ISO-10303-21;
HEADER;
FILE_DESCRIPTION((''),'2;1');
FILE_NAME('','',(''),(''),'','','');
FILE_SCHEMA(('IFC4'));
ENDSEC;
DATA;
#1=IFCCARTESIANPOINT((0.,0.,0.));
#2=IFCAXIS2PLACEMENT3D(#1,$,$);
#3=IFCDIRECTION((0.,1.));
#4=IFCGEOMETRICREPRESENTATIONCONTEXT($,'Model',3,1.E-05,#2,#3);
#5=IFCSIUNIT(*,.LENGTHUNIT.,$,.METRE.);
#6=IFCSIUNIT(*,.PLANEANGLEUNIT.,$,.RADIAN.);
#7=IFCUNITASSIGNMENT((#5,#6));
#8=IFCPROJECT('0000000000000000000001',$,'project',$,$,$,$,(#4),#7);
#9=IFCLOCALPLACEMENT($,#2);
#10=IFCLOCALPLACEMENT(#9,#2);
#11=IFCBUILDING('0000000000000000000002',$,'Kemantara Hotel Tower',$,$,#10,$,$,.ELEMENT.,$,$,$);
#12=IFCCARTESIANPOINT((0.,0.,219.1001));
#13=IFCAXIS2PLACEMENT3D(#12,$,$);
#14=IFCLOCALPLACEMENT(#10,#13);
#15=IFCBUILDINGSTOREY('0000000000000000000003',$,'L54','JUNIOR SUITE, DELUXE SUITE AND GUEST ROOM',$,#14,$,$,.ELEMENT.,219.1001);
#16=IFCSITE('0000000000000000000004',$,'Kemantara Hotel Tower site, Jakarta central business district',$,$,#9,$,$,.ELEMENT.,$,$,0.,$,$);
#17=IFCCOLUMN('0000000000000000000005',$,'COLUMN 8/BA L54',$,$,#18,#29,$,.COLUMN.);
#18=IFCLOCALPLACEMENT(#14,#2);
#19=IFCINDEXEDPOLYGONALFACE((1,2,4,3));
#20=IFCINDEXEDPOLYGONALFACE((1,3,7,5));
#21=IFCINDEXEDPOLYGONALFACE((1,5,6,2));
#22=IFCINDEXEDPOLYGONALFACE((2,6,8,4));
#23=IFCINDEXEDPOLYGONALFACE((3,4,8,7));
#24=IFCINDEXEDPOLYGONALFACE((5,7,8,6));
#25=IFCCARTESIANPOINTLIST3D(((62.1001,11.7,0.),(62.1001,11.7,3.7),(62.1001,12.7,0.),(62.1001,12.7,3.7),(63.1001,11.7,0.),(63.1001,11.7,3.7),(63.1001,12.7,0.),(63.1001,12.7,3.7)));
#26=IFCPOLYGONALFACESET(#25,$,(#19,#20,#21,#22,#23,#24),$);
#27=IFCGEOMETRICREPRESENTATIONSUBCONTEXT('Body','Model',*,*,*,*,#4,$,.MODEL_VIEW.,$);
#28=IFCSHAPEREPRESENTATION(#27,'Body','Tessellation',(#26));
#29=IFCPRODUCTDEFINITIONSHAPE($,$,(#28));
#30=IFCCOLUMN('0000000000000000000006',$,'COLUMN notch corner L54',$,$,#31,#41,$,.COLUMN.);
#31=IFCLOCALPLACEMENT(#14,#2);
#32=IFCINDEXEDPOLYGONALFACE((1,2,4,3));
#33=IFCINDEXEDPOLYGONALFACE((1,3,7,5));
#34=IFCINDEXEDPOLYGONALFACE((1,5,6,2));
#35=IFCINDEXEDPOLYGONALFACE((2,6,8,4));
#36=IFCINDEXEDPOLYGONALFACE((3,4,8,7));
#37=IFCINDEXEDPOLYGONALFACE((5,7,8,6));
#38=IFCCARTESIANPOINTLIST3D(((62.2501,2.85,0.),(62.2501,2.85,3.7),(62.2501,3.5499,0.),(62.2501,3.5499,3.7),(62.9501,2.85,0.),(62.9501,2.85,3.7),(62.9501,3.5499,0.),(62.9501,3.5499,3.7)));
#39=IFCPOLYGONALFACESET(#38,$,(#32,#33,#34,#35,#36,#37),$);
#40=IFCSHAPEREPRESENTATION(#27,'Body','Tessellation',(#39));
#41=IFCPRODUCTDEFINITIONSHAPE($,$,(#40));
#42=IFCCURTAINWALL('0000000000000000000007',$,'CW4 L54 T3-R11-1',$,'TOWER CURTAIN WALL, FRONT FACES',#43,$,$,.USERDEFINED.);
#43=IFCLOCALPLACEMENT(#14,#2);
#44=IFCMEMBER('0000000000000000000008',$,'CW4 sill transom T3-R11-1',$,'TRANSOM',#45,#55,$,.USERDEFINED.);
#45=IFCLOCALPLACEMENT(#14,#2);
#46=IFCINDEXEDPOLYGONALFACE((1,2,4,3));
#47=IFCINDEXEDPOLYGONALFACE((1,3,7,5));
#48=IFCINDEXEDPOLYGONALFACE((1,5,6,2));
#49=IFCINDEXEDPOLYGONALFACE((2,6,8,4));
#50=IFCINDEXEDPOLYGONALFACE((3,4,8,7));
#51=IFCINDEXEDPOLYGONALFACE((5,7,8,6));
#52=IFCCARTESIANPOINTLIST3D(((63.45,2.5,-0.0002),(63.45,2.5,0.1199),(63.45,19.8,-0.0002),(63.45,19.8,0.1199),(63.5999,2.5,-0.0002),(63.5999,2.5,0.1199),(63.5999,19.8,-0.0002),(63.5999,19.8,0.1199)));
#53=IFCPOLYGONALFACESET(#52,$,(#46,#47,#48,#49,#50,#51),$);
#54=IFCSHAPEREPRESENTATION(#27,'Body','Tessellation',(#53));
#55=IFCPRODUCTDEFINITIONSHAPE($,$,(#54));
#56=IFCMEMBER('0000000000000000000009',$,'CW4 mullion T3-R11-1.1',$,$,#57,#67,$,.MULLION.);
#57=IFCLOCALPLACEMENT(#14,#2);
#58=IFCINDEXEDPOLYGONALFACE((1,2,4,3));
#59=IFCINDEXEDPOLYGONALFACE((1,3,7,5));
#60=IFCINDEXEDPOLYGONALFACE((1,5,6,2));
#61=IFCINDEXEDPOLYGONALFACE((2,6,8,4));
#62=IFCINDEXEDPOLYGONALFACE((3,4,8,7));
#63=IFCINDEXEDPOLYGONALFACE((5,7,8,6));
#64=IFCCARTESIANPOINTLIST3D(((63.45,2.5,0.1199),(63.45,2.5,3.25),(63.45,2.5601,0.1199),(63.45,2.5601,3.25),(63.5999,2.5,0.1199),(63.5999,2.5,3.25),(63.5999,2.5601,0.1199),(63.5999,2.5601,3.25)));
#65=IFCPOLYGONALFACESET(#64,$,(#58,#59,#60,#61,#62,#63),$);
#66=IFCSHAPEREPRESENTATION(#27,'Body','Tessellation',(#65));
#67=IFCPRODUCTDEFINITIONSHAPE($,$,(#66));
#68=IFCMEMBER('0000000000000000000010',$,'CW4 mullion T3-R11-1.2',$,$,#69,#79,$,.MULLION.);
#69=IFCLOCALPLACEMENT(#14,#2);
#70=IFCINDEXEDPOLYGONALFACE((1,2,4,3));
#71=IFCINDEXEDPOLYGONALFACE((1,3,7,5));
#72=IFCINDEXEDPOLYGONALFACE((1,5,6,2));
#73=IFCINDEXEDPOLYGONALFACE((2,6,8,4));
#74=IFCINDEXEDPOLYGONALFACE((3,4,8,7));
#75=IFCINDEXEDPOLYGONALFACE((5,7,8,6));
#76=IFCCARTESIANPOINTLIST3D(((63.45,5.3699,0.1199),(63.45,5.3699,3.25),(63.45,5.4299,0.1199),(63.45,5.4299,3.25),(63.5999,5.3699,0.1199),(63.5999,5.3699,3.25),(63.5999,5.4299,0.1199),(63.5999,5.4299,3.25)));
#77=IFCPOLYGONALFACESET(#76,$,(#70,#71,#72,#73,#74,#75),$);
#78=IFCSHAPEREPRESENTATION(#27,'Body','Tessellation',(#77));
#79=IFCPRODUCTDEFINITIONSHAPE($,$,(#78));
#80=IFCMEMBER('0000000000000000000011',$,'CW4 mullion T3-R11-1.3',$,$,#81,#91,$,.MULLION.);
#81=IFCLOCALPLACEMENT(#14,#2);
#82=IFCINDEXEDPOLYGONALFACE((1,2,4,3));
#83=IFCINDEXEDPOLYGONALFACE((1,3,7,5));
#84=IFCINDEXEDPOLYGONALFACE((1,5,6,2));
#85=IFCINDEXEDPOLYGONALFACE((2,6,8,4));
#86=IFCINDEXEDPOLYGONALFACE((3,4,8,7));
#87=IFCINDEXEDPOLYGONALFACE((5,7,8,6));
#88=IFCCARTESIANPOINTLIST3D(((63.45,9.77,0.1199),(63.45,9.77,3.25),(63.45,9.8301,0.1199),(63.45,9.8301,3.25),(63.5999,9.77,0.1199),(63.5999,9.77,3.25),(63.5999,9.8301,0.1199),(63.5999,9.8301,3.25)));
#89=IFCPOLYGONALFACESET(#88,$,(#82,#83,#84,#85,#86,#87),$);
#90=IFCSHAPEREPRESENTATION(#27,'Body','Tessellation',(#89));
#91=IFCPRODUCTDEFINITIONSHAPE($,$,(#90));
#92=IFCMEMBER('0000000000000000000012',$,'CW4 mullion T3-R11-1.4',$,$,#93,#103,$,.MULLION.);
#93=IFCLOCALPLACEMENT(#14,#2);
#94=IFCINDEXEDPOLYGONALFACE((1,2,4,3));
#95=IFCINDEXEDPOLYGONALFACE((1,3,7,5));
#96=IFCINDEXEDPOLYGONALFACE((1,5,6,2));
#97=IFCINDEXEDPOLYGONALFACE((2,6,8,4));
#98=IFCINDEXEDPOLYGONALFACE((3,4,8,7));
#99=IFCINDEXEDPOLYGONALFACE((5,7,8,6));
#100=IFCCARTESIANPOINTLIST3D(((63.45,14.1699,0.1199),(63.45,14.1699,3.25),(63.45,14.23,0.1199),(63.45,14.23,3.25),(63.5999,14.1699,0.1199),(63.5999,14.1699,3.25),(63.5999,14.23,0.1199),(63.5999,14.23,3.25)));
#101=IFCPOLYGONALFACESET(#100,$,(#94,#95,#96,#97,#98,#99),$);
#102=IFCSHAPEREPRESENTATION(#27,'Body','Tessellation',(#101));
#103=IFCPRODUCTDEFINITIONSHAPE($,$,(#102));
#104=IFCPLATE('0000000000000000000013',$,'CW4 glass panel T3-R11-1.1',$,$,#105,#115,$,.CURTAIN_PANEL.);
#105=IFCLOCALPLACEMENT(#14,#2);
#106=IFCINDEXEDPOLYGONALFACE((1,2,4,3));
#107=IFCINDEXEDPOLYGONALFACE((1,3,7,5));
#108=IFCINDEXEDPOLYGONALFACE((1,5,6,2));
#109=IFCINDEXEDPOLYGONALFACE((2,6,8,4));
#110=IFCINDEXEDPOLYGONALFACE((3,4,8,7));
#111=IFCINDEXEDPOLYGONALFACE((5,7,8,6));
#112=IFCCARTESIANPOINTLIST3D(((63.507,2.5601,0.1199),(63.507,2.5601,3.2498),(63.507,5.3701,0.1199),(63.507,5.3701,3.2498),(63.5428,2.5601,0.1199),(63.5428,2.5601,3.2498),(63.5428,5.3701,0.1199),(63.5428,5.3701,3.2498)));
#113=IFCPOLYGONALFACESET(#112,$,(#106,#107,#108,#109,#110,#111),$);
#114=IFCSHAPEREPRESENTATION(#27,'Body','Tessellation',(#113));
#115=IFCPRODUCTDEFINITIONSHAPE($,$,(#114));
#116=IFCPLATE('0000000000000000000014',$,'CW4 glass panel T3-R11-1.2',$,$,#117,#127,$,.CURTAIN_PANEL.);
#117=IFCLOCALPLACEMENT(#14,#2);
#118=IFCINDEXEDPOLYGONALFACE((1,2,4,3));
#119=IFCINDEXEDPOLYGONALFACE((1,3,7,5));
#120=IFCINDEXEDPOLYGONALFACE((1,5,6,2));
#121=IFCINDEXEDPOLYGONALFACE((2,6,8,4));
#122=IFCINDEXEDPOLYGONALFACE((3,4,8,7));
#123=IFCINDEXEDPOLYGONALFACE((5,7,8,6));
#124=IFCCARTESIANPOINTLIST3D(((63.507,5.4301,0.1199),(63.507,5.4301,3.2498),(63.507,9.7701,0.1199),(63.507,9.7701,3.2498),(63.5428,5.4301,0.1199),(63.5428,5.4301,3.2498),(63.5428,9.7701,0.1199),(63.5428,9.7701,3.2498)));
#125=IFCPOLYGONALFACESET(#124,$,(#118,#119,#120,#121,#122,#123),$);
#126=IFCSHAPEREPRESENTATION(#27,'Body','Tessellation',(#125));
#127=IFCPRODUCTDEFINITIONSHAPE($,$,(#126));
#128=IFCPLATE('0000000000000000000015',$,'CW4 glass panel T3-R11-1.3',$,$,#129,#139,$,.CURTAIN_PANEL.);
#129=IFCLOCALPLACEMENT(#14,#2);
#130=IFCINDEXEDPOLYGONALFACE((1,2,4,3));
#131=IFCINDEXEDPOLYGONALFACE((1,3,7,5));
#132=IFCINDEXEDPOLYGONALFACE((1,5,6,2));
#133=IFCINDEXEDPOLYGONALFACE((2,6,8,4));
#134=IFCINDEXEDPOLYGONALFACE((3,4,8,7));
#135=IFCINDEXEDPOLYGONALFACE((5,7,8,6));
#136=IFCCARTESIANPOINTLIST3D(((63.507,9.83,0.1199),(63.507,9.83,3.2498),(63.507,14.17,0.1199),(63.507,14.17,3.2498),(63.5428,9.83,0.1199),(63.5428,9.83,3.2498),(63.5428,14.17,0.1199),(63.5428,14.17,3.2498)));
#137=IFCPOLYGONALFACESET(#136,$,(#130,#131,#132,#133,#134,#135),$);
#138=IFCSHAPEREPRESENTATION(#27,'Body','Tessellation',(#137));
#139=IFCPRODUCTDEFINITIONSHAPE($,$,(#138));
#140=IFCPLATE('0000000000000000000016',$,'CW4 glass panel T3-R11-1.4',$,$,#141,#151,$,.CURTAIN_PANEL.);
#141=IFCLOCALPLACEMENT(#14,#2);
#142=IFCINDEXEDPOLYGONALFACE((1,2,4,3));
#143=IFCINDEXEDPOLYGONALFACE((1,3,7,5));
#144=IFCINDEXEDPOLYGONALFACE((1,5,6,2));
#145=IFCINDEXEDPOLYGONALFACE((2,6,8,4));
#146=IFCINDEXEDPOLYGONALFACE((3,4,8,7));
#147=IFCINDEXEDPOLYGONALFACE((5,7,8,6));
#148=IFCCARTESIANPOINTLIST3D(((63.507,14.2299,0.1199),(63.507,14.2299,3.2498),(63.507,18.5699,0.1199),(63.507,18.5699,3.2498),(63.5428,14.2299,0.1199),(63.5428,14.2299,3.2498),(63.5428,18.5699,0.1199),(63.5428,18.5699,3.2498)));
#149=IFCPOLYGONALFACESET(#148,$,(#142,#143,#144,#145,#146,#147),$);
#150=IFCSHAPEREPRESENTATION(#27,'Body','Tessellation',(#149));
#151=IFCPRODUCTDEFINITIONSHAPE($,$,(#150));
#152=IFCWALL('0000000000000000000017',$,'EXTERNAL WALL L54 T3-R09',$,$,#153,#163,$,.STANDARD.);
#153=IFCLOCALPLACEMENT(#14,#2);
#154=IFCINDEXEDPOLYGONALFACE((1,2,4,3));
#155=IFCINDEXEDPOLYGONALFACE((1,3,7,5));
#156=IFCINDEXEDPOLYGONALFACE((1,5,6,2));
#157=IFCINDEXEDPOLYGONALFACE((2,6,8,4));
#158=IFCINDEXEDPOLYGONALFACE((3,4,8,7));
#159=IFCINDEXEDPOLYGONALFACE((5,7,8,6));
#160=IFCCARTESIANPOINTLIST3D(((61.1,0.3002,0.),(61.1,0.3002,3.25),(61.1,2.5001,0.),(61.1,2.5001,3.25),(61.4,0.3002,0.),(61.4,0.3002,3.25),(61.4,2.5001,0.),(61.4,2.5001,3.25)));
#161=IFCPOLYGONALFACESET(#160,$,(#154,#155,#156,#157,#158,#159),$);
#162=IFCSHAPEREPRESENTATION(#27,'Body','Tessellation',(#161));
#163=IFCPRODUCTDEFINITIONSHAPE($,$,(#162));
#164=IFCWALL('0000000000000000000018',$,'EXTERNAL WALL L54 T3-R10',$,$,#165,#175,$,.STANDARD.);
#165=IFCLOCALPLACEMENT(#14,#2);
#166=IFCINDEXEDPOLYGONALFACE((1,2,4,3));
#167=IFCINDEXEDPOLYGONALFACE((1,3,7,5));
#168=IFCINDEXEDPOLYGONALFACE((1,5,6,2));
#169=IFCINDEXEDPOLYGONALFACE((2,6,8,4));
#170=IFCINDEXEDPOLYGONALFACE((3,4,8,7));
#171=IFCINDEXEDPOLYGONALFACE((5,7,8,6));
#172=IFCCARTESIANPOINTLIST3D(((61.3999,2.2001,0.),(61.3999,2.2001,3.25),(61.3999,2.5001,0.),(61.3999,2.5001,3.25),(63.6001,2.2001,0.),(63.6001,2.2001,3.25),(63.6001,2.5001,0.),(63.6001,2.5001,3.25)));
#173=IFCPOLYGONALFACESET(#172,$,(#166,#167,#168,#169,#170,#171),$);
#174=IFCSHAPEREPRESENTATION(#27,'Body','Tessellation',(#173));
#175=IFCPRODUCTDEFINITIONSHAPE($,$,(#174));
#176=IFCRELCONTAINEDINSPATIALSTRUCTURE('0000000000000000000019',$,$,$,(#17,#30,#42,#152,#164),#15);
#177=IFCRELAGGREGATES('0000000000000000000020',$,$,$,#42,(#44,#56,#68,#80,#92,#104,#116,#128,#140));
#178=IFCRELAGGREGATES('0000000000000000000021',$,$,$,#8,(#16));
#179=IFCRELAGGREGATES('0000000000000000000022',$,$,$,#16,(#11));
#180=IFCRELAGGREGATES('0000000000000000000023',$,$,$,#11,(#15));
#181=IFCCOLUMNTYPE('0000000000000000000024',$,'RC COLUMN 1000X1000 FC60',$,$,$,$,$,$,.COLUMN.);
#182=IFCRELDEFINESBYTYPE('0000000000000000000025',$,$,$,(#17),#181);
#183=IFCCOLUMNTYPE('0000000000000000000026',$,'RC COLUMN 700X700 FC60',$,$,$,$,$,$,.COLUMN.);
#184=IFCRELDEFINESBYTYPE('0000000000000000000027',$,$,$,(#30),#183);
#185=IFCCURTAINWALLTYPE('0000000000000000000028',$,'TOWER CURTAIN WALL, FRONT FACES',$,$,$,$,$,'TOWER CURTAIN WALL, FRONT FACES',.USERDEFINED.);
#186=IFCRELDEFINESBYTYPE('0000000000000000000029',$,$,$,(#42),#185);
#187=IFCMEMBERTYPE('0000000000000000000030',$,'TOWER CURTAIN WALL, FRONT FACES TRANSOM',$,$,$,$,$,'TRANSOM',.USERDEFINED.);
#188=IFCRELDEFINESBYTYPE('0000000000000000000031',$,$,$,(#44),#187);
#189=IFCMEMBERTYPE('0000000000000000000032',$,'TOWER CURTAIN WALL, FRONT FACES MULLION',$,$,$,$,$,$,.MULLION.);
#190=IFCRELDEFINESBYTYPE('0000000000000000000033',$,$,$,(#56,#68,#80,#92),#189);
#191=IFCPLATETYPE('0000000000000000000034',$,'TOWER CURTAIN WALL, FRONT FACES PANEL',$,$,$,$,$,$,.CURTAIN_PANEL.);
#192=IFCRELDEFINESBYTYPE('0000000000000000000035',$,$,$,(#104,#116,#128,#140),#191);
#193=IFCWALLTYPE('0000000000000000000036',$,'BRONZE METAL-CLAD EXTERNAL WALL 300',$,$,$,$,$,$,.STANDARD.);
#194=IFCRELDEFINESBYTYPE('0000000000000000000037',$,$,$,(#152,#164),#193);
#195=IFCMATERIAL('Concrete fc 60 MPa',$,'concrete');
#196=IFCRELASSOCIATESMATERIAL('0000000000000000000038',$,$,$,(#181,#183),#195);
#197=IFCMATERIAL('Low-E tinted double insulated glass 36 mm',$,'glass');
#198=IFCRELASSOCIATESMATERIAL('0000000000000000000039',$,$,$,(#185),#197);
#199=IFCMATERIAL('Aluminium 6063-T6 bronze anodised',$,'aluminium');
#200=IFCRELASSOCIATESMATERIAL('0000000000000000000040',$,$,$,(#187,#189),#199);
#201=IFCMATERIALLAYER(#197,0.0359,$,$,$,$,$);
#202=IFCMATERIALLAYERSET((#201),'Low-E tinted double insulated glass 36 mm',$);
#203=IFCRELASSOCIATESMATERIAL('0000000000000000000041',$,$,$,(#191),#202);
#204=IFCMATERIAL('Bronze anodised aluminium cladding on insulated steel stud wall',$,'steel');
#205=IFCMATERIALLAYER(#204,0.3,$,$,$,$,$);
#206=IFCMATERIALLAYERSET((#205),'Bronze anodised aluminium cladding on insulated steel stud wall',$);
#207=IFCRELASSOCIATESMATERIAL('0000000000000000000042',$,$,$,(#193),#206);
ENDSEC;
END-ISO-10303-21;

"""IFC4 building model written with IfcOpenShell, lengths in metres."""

from ifc_helpers import new_model, si_unit, direction, frame, frame_2d, origin, origin_2d, place, context, subcontext, project, spatial, rectangle, extrude, source, transform, mapped, material, layer, layer_set, material_profile, profile_set, type_object, element, aggregate, save


model = new_model("IFC4")

# Units and contexts
model_context = context("Model", 3, precision=1e-05, world=origin(), true_north=direction((0.0, 1.0)))
body_context = subcontext(model_context, "Body", "Model", "MODEL_VIEW")
ifc_project = project(units=[si_unit("LENGTHUNIT", "METRE"), si_unit("PLANEANGLEUNIT", "RADIAN")], contexts=[model_context])

# Site, building, storey
site_placement = place(None, origin())
site = spatial("IfcSite", under=ifc_project, at=site_placement, Name="Kemantara Hotel Tower site, Jakarta central business district", CompositionType="ELEMENT", RefElevation=0.0)
building_placement = place(site_placement, origin())
building = spatial("IfcBuilding", under=site, at=building_placement, Name="Kemantara Hotel Tower", CompositionType="ELEMENT")
storey_placement = place(building_placement, frame((0.0, 0.0, 219.1001)))
storey = spatial("IfcBuildingStorey", under=building, at=storey_placement, Name="L54", Description="JUNIOR SUITE, DELUXE SUITE AND GUEST ROOM", CompositionType="ELEMENT", Elevation=219.1001)

# Columns
ifc_material_1 = material(Name="Concrete fc 60 MPa", Category="concrete")
ifc_material_profile_1 = material_profile(ifc_material_1, rectangle(XDim=1.0, YDim=1.0, at=origin_2d()), Name="RC 1000X1000")
ifc_profile_set_1 = profile_set([ifc_material_profile_1], Name="Concrete fc 60 MPa")
column_type_1 = type_object("IfcColumnType", Name="RC COLUMN 1000X1000 FC60", PredefinedType="COLUMN", material=ifc_profile_set_1)
column_1_placement = place(storey_placement, frame((62.6001, 12.2, 0.0), z_axis=(0.0, 0.0, 1.0), x_axis=(1.0, 0.0, 0.0)))
element("IfcColumn", 1, at=column_1_placement, inside=storey, type_object=column_type_1, Name="COLUMN 8/BA L54", PredefinedType="COLUMN", context=body_context, shape_type="SweptSolid", body=[
    extrude(rectangle(XDim=1.0, YDim=1.0, at=origin_2d()), origin(), (0.0, 0.0, 1.0), 3.7),
])
ifc_material_profile_2 = material_profile(ifc_material_1, rectangle(XDim=0.7, YDim=0.7, at=origin_2d()), Name="RC 700X700")
ifc_profile_set_2 = profile_set([ifc_material_profile_2], Name="Concrete fc 60 MPa")
column_type_2 = type_object("IfcColumnType", Name="RC COLUMN 700X700 FC60", PredefinedType="COLUMN", material=ifc_profile_set_2)
column_2_placement = place(storey_placement, frame((62.6001, 3.2, 0.0), z_axis=(0.0, 0.0, 1.0), x_axis=(1.0, 0.0, 0.0)))
element("IfcColumn", 2, at=column_2_placement, inside=storey, type_object=column_type_2, Name="COLUMN notch corner L54", PredefinedType="COLUMN", context=body_context, shape_type="SweptSolid", body=[
    extrude(rectangle(XDim=0.7, YDim=0.7, at=origin_2d()), origin(), (0.0, 0.0, 1.0), 3.7),
])

# Curtain wall, members, plates
ifc_material_2 = material(Name="Low-E tinted double insulated glass 36 mm", Category="glass")
curtain_wall_type = type_object("IfcCurtainWallType", Name="TOWER CURTAIN WALL, FRONT FACES", ElementType="TOWER CURTAIN WALL, FRONT FACES", PredefinedType="USERDEFINED", material=ifc_material_2)
curtain_wall_placement = place(storey_placement, origin())
curtain_wall = element("IfcCurtainWall", 3, at=curtain_wall_placement, inside=storey, type_object=curtain_wall_type, Name="CW4 L54 T3-R11-1", ObjectType="TOWER CURTAIN WALL, FRONT FACES", PredefinedType="USERDEFINED")
ifc_material_3 = material(Name="Aluminium 6063-T6 bronze anodised", Category="aluminium")
ifc_material_profile_3 = material_profile(ifc_material_3, rectangle(XDim=0.1499, YDim=0.1201, at=origin_2d()), Name="TOWER CURTAIN WALL, FRONT FACES TRANSOM")
ifc_profile_set_3 = profile_set([ifc_material_profile_3], Name="Aluminium 6063-T6 bronze anodised")
member_type_1 = type_object("IfcMemberType", Name="TOWER CURTAIN WALL, FRONT FACES TRANSOM", ElementType="TRANSOM", PredefinedType="USERDEFINED", material=ifc_profile_set_3)
member_1_placement = place(storey_placement, frame((63.5249, 2.5, 0.0598), z_axis=(0.0, 1.0, 0.0), x_axis=(-1.0, 0.0, 0.0)))
member_1 = element("IfcMember", 4, at=member_1_placement, type_object=member_type_1, Name="CW4 sill transom T3-R11-1", ObjectType="TRANSOM", PredefinedType="USERDEFINED", context=body_context, shape_type="SweptSolid", body=[
    extrude(rectangle(XDim=0.1499, YDim=0.1201, at=origin_2d()), origin(), (0.0, 0.0, 1.0), 17.3),
])
ifc_material_profile_4 = material_profile(ifc_material_3, rectangle(XDim=0.1499, YDim=0.0601, at=origin_2d()), Name="TOWER CURTAIN WALL, FRONT FACES MULLION")
ifc_profile_set_4 = profile_set([ifc_material_profile_4], Name="Aluminium 6063-T6 bronze anodised")
member_type_2 = type_object("IfcMemberType", Name="TOWER CURTAIN WALL, FRONT FACES MULLION", PredefinedType="MULLION", material=ifc_profile_set_4)
shared_shape_1 = source(origin(), body_context, "Body", "SweptSolid", [
    extrude(rectangle(XDim=0.1499, YDim=0.0601, at=origin_2d()), origin(), (0.0, 0.0, 1.0), 3.1301),
])
member_2_placement = place(storey_placement, frame((63.5249, 2.53, 0.1199), z_axis=(0.0, 0.0, 1.0), x_axis=(-1.0, 0.0, 0.0)))
member_2 = element("IfcMember", 5, at=member_2_placement, type_object=member_type_2, Name="CW4 mullion T3-R11-1.1", PredefinedType="MULLION", context=body_context, shape_type="MappedRepresentation", body=[
    mapped(shared_shape_1, transform((0.0, 0.0, 0.0))),
])
member_3_placement = place(storey_placement, frame((63.5249, 5.3999, 0.1199), z_axis=(0.0, 0.0, 1.0), x_axis=(-1.0, 0.0, 0.0)))
member_3 = element("IfcMember", 6, at=member_3_placement, type_object=member_type_2, Name="CW4 mullion T3-R11-1.2", PredefinedType="MULLION", context=body_context, shape_type="MappedRepresentation", body=[
    mapped(shared_shape_1, transform((0.0, 0.0, 0.0))),
])
member_4_placement = place(storey_placement, frame((63.5249, 9.8, 0.1199), z_axis=(0.0, 0.0, 1.0), x_axis=(-1.0, 0.0, 0.0)))
member_4 = element("IfcMember", 7, at=member_4_placement, type_object=member_type_2, Name="CW4 mullion T3-R11-1.3", PredefinedType="MULLION", context=body_context, shape_type="MappedRepresentation", body=[
    mapped(shared_shape_1, transform((0.0, 0.0, 0.0))),
])
member_5_placement = place(storey_placement, frame((63.5249, 14.2, 0.1199), z_axis=(0.0, 0.0, 1.0), x_axis=(-1.0, 0.0, 0.0)))
member_5 = element("IfcMember", 8, at=member_5_placement, type_object=member_type_2, Name="CW4 mullion T3-R11-1.4", PredefinedType="MULLION", context=body_context, shape_type="MappedRepresentation", body=[
    mapped(shared_shape_1, transform((0.0, 0.0, 0.0))),
])
ifc_layer_1 = layer(ifc_material_2, 0.0359)
ifc_layer_set_1 = layer_set([ifc_layer_1], Name="Low-E tinted double insulated glass 36 mm")
plate_type = type_object("IfcPlateType", Name="TOWER CURTAIN WALL, FRONT FACES PANEL", PredefinedType="CURTAIN_PANEL", material=ifc_layer_set_1)
shared_shape_2 = source(origin(), body_context, "Body", "SweptSolid", [
    extrude(rectangle(XDim=2.8101, YDim=0.0359, at=origin_2d()), origin(), (0.0, 0.0, 1.0), 3.1299),
])
plate_1_placement = place(storey_placement, frame((63.5249, 3.9651, 0.1199), z_axis=(0.0, 0.0, 1.0), x_axis=(0.0, 1.0, 0.0)))
plate_1 = element("IfcPlate", 9, at=plate_1_placement, type_object=plate_type, Name="CW4 glass panel T3-R11-1.1", PredefinedType="CURTAIN_PANEL", context=body_context, shape_type="MappedRepresentation", body=[
    mapped(shared_shape_2, transform((0.0, 0.0, 0.0))),
])
shared_shape_3 = source(origin(), body_context, "Body", "SweptSolid", [
    extrude(rectangle(XDim=4.3401, YDim=0.0359, at=origin_2d()), origin(), (0.0, 0.0, 1.0), 3.1299),
])
plate_2_placement = place(storey_placement, frame((63.5249, 7.6001, 0.1199), z_axis=(0.0, 0.0, 1.0), x_axis=(0.0, 1.0, 0.0)))
plate_2 = element("IfcPlate", 10, at=plate_2_placement, type_object=plate_type, Name="CW4 glass panel T3-R11-1.2", PredefinedType="CURTAIN_PANEL", context=body_context, shape_type="MappedRepresentation", body=[
    mapped(shared_shape_3, transform((0.0, 0.0, 0.0))),
])
plate_3_placement = place(storey_placement, frame((63.5249, 12.0, 0.1199), z_axis=(0.0, 0.0, 1.0), x_axis=(0.0, 1.0, 0.0)))
plate_3 = element("IfcPlate", 11, at=plate_3_placement, type_object=plate_type, Name="CW4 glass panel T3-R11-1.3", PredefinedType="CURTAIN_PANEL", context=body_context, shape_type="MappedRepresentation", body=[
    mapped(shared_shape_3, transform((0.0, 0.0, 0.0))),
])
plate_4_placement = place(storey_placement, frame((63.5249, 16.3999, 0.1199), z_axis=(0.0, 0.0, 1.0), x_axis=(0.0, 1.0, 0.0)))
plate_4 = element("IfcPlate", 12, at=plate_4_placement, type_object=plate_type, Name="CW4 glass panel T3-R11-1.4", PredefinedType="CURTAIN_PANEL", context=body_context, shape_type="MappedRepresentation", body=[
    mapped(shared_shape_3, transform((0.0, 0.0, 0.0))),
])
aggregate(curtain_wall, [member_1, member_2, member_3, member_4, member_5, plate_1, plate_2, plate_3, plate_4])

# Walls
ifc_material_4 = material(Name="Bronze anodised aluminium cladding on insulated steel stud wall", Category="steel")
ifc_layer_2 = layer(ifc_material_4, 0.3)
ifc_layer_set_2 = layer_set([ifc_layer_2], Name="Bronze anodised aluminium cladding on insulated steel stud wall")
wall_type_1 = type_object("IfcWallType", Name="BRONZE METAL-CLAD EXTERNAL WALL 300", PredefinedType="STANDARD", material=ifc_layer_set_2)
wall_1_placement = place(storey_placement, frame((61.25, 0.3, 0.0), z_axis=(0.0, 0.0, 1.0), x_axis=(0.0, 1.0, 0.0)))
element("IfcWall", 13, at=wall_1_placement, inside=storey, type_object=wall_type_1, Name="EXTERNAL WALL L54 T3-R09", PredefinedType="STANDARD", context=body_context, shape_type="SweptSolid", body=[
    extrude(rectangle(XDim=2.2, YDim=0.3, at=frame_2d((1.1001, 0.0))), origin(), (0.0, 0.0, 1.0), 3.25),
])
wall_2_placement = place(storey_placement, frame((61.3999, 2.3501, 0.0), z_axis=(0.0, 0.0, 1.0), x_axis=(1.0, 0.0, 0.0)))
element("IfcWall", 14, at=wall_2_placement, inside=storey, type_object=wall_type_1, Name="EXTERNAL WALL L54 T3-R10", PredefinedType="STANDARD", context=body_context, shape_type="SweptSolid", body=[
    extrude(rectangle(XDim=2.2002, YDim=0.3, at=frame_2d((1.1001, 0.0))), origin(), (0.0, 0.0, 1.0), 3.25),
])

save(model, "model.ifc")
